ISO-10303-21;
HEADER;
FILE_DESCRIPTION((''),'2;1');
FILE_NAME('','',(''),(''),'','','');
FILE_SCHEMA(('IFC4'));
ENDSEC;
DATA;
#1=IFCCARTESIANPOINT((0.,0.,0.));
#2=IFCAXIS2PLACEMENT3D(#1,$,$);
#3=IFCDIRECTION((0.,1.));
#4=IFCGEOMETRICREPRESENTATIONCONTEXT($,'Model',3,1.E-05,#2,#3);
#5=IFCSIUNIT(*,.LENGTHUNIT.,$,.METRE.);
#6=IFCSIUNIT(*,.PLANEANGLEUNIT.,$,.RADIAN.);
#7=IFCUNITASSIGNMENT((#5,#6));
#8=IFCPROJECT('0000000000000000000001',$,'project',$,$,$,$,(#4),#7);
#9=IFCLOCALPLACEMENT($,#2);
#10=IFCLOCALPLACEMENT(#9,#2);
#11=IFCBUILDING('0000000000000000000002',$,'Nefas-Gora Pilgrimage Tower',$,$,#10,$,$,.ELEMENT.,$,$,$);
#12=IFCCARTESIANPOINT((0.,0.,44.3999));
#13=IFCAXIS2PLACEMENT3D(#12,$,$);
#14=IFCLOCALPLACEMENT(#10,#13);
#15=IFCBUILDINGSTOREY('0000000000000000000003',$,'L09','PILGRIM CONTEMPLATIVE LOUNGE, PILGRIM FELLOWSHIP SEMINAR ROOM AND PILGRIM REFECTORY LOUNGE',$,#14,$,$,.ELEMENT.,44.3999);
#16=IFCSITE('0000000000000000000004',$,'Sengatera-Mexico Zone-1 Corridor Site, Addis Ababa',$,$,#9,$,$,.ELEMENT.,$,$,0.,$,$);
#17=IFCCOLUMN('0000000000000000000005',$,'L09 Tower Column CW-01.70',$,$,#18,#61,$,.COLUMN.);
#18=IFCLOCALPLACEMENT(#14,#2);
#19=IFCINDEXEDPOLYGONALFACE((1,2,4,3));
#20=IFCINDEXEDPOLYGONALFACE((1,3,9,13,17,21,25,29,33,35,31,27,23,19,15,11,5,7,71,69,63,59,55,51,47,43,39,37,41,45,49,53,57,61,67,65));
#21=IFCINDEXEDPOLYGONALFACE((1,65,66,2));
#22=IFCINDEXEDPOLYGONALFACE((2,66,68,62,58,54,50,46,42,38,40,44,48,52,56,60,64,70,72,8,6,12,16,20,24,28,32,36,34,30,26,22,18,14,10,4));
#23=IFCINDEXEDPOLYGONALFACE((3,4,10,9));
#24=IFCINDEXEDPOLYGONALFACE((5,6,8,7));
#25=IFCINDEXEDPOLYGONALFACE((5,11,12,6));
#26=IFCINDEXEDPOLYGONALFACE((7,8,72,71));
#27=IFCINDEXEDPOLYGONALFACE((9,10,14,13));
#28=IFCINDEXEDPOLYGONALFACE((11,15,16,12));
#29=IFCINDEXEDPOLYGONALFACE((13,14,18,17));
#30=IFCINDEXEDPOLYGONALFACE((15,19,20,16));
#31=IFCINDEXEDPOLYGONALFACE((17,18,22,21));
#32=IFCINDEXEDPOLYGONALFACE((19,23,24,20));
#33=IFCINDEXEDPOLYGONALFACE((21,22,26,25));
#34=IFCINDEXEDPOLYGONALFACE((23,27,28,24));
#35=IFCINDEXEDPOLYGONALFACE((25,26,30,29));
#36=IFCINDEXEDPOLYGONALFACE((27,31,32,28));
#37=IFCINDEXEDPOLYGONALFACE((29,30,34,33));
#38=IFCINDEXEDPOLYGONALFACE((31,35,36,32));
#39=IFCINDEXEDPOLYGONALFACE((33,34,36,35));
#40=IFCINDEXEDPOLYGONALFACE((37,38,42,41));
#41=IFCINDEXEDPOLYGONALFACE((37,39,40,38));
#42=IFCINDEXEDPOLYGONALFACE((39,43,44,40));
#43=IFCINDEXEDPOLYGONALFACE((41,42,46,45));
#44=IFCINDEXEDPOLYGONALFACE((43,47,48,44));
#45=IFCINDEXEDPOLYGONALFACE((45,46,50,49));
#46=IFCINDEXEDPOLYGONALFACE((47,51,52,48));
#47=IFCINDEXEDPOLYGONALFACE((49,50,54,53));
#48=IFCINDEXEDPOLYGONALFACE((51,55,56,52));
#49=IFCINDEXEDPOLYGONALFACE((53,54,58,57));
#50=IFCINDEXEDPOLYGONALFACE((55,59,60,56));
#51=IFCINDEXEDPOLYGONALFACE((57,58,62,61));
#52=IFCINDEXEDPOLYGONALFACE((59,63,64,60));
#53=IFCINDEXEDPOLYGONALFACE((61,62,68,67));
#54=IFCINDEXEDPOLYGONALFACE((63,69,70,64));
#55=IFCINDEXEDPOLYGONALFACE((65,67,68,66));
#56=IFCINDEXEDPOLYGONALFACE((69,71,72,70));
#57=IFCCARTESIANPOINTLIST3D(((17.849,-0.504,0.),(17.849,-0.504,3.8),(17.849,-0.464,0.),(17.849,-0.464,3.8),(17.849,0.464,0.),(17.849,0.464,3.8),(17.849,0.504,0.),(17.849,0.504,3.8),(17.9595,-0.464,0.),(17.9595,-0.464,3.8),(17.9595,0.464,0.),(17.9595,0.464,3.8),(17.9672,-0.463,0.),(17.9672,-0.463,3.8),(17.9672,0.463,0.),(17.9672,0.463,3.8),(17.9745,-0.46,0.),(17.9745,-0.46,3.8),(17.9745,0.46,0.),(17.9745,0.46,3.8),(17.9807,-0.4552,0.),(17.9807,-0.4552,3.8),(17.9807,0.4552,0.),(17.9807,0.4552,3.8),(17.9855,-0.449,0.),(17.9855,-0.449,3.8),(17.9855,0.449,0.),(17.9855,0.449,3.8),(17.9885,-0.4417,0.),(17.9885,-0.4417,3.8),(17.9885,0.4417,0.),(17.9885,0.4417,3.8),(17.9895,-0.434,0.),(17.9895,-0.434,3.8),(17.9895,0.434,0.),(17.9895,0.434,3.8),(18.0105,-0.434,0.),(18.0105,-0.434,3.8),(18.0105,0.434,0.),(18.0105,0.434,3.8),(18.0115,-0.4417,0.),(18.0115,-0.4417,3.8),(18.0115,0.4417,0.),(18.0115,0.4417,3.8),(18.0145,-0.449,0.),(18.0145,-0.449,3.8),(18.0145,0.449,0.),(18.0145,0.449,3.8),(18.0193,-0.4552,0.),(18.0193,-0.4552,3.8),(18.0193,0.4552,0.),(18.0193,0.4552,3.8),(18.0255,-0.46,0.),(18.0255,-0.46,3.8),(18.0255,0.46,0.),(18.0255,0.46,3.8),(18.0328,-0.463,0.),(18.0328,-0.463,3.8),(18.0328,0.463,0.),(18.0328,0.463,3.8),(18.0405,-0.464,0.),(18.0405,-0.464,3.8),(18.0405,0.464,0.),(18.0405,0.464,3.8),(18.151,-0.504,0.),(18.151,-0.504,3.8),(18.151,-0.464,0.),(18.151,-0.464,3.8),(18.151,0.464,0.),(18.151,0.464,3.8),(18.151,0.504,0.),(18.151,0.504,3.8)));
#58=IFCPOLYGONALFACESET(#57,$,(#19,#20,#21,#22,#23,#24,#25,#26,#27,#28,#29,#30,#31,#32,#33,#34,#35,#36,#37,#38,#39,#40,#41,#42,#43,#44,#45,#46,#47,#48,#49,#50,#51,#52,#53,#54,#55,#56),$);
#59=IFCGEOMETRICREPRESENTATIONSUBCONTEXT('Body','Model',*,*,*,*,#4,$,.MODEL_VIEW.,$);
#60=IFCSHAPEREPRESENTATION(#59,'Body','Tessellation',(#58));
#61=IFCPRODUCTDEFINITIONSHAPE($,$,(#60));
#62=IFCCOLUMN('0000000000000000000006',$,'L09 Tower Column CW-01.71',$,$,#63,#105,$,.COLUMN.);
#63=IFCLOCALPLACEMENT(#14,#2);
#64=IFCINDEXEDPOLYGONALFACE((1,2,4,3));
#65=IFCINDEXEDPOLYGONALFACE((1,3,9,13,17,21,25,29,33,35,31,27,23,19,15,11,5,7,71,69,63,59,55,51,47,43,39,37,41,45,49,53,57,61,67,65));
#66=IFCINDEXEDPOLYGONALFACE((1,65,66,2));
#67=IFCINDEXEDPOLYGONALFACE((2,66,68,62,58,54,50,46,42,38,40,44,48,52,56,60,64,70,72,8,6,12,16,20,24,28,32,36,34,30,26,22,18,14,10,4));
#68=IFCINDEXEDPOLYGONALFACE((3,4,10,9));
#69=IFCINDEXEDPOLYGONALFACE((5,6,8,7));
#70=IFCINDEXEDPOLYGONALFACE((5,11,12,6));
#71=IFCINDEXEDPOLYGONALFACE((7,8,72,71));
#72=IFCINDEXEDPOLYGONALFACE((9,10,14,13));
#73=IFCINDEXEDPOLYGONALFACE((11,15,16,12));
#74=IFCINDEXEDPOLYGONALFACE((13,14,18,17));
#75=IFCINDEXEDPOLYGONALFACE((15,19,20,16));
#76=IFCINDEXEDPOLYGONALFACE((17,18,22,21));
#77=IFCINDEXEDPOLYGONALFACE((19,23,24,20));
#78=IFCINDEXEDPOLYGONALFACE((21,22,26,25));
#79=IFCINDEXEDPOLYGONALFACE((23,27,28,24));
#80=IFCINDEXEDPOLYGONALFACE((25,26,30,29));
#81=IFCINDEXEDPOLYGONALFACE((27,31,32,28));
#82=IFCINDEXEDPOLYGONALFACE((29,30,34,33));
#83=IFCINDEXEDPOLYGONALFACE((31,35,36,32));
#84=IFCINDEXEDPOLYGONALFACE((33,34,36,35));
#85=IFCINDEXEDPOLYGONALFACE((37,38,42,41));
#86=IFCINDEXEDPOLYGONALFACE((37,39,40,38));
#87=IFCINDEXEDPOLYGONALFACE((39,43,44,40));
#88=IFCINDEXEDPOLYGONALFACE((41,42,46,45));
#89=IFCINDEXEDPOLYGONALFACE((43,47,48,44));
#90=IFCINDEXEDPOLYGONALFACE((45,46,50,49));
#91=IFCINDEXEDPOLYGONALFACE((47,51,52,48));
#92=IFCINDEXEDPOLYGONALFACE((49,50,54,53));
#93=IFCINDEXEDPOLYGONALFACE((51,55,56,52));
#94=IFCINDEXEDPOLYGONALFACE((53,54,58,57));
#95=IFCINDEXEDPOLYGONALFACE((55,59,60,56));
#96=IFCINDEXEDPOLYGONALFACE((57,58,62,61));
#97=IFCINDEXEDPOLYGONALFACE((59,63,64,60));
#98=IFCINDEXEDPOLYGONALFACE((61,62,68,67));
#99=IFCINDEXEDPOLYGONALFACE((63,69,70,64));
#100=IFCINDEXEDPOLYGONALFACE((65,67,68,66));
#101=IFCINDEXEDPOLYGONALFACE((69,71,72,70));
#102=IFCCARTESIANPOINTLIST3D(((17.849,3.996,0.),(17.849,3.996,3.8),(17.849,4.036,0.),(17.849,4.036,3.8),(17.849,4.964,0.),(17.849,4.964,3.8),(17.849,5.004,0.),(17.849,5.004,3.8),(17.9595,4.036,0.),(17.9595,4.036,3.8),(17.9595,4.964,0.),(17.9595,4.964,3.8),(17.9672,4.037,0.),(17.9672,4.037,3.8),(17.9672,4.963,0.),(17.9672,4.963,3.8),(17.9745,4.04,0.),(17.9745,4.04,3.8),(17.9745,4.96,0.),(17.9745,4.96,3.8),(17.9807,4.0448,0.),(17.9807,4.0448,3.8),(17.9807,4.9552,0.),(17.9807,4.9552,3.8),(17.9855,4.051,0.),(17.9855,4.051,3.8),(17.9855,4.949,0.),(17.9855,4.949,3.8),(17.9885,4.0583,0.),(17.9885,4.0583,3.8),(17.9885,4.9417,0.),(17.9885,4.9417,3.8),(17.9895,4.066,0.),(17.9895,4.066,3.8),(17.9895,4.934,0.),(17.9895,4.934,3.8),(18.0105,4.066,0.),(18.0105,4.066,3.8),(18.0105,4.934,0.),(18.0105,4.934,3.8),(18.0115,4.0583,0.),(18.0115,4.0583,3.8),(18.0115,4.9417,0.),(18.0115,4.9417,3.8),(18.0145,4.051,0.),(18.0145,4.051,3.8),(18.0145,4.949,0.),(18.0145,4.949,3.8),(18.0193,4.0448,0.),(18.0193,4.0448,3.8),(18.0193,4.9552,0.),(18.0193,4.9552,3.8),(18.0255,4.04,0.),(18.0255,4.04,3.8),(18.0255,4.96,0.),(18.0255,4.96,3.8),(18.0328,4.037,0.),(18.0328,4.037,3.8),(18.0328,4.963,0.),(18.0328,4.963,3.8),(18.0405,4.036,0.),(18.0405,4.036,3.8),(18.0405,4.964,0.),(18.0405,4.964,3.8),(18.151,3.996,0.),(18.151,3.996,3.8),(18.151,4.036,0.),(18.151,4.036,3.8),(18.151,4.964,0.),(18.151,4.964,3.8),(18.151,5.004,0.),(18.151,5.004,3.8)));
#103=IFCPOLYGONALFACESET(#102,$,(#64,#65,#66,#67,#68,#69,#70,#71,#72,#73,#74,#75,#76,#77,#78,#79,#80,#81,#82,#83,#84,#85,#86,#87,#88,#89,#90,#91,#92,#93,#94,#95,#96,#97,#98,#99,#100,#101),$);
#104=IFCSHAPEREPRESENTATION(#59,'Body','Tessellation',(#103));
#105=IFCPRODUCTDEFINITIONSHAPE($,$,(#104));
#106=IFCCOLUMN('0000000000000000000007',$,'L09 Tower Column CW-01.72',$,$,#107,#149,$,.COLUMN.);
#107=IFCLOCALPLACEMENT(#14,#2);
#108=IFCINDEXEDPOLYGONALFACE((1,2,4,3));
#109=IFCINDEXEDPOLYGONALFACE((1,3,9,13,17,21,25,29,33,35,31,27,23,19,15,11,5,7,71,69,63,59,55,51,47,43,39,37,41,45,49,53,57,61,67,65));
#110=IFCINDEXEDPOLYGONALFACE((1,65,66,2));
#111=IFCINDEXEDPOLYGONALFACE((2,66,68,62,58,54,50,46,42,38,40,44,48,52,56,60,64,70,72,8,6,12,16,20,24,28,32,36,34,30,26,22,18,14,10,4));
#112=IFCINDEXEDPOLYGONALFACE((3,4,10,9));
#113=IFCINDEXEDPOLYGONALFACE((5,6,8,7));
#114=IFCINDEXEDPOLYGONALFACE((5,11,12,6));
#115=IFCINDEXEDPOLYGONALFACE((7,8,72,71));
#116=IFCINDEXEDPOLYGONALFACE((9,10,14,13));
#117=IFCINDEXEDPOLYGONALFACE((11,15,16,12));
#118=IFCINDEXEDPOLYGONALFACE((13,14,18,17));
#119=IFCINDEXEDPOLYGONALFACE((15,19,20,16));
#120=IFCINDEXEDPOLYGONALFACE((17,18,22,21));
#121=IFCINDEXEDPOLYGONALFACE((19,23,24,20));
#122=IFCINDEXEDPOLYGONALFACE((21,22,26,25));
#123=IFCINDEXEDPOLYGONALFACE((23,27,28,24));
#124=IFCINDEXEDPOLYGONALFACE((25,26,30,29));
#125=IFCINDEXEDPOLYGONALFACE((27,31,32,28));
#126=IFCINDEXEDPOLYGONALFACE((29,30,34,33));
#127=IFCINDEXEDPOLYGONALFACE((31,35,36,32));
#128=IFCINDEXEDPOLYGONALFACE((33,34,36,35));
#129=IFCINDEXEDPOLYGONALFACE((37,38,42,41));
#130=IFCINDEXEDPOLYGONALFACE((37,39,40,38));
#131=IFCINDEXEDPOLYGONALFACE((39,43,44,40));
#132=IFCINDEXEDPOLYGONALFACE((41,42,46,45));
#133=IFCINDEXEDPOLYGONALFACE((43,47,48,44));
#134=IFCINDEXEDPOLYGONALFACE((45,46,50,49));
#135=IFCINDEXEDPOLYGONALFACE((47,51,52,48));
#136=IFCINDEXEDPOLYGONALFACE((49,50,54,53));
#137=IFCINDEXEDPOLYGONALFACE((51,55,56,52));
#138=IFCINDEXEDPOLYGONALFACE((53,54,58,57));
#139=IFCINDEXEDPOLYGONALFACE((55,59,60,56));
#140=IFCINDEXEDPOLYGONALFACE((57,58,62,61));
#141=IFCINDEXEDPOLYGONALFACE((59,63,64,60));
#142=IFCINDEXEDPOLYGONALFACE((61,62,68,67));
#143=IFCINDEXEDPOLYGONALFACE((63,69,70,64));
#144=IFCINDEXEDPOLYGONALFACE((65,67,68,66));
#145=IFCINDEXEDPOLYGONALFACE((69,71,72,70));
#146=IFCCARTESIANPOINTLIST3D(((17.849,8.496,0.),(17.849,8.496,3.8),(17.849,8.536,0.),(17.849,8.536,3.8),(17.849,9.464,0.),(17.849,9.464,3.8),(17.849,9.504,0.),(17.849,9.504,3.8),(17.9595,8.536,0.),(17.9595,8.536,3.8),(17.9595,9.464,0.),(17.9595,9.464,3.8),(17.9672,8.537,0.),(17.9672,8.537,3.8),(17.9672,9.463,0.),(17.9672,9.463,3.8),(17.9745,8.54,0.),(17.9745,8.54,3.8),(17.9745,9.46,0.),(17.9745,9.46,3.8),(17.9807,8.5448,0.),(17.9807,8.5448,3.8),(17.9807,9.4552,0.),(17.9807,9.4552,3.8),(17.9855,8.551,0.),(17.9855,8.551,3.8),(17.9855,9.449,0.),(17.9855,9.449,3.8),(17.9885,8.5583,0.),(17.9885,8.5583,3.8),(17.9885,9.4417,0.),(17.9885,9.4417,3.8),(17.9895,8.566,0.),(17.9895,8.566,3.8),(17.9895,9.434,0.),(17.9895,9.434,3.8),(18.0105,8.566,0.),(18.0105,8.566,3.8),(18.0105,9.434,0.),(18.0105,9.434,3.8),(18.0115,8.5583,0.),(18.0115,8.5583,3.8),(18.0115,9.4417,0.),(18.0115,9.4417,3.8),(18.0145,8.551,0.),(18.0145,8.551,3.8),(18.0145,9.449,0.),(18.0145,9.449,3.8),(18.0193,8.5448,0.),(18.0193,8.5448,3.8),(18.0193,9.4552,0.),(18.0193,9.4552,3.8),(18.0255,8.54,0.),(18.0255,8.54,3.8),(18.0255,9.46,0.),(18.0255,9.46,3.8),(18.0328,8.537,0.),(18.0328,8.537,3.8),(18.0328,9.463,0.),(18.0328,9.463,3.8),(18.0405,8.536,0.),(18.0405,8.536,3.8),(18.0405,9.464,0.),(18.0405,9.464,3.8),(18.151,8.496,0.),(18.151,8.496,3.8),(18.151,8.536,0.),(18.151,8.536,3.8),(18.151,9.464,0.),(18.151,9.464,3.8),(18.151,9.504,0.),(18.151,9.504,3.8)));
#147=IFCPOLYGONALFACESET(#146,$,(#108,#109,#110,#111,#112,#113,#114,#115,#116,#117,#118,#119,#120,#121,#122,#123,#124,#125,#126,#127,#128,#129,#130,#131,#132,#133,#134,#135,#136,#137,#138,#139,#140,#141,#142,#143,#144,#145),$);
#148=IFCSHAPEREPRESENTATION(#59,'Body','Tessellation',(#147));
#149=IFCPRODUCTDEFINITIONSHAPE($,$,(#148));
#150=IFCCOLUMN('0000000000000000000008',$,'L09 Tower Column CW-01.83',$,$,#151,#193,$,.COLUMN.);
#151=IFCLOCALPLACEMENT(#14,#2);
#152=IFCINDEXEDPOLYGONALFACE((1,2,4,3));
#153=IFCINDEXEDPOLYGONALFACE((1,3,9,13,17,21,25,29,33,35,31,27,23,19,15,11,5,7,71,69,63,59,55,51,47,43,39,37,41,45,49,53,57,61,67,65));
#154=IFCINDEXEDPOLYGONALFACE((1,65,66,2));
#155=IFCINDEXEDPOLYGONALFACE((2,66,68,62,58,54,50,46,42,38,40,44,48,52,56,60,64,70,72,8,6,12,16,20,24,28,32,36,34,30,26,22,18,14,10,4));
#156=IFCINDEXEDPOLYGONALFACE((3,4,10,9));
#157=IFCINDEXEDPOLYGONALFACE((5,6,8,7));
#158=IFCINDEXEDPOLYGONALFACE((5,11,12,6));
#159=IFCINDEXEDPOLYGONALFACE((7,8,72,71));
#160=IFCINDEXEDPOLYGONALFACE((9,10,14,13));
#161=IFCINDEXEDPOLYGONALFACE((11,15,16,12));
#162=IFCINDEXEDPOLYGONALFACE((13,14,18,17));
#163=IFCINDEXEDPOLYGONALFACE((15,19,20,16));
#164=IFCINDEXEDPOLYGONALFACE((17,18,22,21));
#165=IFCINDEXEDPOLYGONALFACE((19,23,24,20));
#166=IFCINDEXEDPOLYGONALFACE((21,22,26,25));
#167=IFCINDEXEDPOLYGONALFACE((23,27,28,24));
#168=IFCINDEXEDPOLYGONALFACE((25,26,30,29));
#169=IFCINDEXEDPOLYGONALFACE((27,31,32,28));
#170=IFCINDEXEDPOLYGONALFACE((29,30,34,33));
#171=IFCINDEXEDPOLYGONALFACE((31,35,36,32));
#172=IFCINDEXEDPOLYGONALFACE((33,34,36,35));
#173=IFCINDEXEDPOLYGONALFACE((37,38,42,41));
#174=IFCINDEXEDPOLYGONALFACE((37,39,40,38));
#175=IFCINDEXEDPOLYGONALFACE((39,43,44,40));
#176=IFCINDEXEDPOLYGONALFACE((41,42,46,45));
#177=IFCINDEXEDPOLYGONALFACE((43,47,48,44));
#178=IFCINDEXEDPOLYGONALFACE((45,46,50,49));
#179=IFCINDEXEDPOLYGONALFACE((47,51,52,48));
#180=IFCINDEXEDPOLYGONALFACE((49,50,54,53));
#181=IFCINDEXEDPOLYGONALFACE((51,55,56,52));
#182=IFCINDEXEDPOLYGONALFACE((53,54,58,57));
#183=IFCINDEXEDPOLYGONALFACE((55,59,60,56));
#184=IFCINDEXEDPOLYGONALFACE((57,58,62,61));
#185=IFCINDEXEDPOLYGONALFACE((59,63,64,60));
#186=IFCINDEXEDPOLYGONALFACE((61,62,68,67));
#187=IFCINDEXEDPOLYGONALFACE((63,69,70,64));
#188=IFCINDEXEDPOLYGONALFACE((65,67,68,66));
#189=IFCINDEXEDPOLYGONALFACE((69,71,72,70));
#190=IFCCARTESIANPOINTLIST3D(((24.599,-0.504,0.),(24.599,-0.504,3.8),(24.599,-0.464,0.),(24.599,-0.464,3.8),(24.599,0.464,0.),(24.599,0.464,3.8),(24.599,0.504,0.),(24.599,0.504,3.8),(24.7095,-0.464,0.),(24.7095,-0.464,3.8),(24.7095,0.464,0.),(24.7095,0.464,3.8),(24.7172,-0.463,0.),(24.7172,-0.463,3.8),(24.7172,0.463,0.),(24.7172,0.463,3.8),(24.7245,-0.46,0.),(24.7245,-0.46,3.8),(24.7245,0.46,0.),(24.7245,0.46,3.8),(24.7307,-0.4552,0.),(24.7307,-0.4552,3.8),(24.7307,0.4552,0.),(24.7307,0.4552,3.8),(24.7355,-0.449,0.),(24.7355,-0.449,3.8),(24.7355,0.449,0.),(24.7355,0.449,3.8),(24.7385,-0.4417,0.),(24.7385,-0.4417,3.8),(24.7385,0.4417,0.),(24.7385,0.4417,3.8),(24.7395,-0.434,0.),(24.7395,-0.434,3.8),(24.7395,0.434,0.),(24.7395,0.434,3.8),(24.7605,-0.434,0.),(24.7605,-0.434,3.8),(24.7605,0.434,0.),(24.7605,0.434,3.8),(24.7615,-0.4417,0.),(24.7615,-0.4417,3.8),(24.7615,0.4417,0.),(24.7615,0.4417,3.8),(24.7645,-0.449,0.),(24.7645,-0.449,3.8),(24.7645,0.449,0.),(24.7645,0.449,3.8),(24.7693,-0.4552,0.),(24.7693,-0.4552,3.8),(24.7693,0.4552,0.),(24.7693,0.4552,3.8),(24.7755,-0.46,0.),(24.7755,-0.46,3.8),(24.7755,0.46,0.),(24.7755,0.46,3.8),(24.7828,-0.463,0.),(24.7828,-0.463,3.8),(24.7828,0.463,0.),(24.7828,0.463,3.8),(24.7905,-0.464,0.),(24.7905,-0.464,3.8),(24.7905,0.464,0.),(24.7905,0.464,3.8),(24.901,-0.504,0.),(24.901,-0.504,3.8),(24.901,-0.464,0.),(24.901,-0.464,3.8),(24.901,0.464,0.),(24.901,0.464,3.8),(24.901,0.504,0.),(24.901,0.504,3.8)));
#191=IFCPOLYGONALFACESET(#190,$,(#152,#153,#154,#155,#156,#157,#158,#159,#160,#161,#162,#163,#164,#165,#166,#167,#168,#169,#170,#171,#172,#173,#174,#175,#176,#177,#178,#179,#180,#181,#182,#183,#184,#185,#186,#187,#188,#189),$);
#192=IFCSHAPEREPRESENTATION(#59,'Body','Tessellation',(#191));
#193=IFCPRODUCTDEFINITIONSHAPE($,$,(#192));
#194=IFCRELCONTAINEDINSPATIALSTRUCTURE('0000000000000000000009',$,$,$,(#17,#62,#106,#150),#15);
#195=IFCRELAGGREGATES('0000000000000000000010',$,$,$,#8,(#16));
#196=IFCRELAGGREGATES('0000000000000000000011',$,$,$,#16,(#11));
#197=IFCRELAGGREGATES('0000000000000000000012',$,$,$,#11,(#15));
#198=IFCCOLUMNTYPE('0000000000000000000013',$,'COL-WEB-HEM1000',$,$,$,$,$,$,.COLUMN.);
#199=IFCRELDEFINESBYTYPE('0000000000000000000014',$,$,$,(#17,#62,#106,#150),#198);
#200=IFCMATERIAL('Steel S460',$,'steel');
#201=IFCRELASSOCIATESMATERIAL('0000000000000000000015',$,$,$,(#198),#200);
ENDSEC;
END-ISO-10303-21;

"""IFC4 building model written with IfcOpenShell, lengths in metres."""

from ifc_helpers import new_model, si_unit, direction, frame, origin, origin_2d, place, context, subcontext, project, spatial, i_section, extrude, source, transform, mapped, material, material_profile, profile_set, type_object, element, save


model = new_model("IFC4")

# Units and contexts
model_context = context("Model", 3, precision=1e-05, world=origin(), true_north=direction((0.0, 1.0)))
body_context = subcontext(model_context, "Body", "Model", "MODEL_VIEW")
ifc_project = project(units=[si_unit("LENGTHUNIT", "METRE"), si_unit("PLANEANGLEUNIT", "RADIAN")], contexts=[model_context])

# Site, building, storey
site_placement = place(None, origin())
site = spatial("IfcSite", under=ifc_project, at=site_placement, Name="Sengatera-Mexico Zone-1 Corridor Site, Addis Ababa", CompositionType="ELEMENT", RefElevation=0.0)
building_placement = place(site_placement, origin())
building = spatial("IfcBuilding", under=site, at=building_placement, Name="Nefas-Gora Pilgrimage Tower", CompositionType="ELEMENT")
storey_placement = place(building_placement, frame((0.0, 0.0, 44.3999)))
storey = spatial("IfcBuildingStorey", under=building, at=storey_placement, Name="L09", Description="PILGRIM CONTEMPLATIVE LOUNGE, PILGRIM FELLOWSHIP SEMINAR ROOM AND PILGRIM REFECTORY LOUNGE", CompositionType="ELEMENT", Elevation=44.3999)

# Columns
ifc_material_1 = material(Name="Steel S460", Category="steel")
ifc_material_profile_1 = material_profile(ifc_material_1, i_section(OverallWidth=0.302, OverallDepth=1.0081, WebThickness=0.021, FlangeThickness=0.04, FilletRadius=0.03, at=origin_2d()), Name="HEM 1000")
ifc_profile_set_1 = profile_set([ifc_material_profile_1], Name="Steel S460")
column_type_1 = type_object("IfcColumnType", Name="COL-WEB-HEM1000", PredefinedType="COLUMN", material=ifc_profile_set_1)
shared_shape_1 = source(origin(), body_context, "Body", "SweptSolid", [
    extrude(i_section(OverallWidth=0.302, OverallDepth=1.0081, WebThickness=0.021, FlangeThickness=0.04, FilletRadius=0.03, at=origin_2d()), origin(), (0.0, 0.0, 1.0), 3.8),
])
for number, where, z_axis, x_axis, name in (
    (1, (18.0, 0.0, 0.0), (0.0, 0.0, 1.0), (1.0, 0.0, 0.0), "L09 Tower Column CW-01.70"),
    (2, (18.0, 4.5, 0.0), (0.0, 0.0, 1.0), (1.0, 0.0, 0.0), "L09 Tower Column CW-01.71"),
    (3, (18.0, 9.0, 0.0), (0.0, 0.0, 1.0), (1.0, 0.0, 0.0), "L09 Tower Column CW-01.72"),
    (4, (24.75, 0.0, 0.0), (0.0, 0.0, 1.0), (1.0, 0.0, 0.0), "L09 Tower Column CW-01.83"),
):
    element("IfcColumn", number, at=place(storey_placement, frame(where, z_axis=z_axis, x_axis=x_axis)), inside=storey, type_object=column_type_1, Name=name, PredefinedType="COLUMN", context=body_context, shape_type="MappedRepresentation", body=[
        mapped(shared_shape_1, transform((0.0, 0.0, 0.0), x_axis=(1.0, 0.0, 0.0), y_axis=(0.0, 1.0, 0.0), z_axis=(0.0, 0.0, 1.0), scale=1.0)),
    ])

save(model, "model.ifc")
